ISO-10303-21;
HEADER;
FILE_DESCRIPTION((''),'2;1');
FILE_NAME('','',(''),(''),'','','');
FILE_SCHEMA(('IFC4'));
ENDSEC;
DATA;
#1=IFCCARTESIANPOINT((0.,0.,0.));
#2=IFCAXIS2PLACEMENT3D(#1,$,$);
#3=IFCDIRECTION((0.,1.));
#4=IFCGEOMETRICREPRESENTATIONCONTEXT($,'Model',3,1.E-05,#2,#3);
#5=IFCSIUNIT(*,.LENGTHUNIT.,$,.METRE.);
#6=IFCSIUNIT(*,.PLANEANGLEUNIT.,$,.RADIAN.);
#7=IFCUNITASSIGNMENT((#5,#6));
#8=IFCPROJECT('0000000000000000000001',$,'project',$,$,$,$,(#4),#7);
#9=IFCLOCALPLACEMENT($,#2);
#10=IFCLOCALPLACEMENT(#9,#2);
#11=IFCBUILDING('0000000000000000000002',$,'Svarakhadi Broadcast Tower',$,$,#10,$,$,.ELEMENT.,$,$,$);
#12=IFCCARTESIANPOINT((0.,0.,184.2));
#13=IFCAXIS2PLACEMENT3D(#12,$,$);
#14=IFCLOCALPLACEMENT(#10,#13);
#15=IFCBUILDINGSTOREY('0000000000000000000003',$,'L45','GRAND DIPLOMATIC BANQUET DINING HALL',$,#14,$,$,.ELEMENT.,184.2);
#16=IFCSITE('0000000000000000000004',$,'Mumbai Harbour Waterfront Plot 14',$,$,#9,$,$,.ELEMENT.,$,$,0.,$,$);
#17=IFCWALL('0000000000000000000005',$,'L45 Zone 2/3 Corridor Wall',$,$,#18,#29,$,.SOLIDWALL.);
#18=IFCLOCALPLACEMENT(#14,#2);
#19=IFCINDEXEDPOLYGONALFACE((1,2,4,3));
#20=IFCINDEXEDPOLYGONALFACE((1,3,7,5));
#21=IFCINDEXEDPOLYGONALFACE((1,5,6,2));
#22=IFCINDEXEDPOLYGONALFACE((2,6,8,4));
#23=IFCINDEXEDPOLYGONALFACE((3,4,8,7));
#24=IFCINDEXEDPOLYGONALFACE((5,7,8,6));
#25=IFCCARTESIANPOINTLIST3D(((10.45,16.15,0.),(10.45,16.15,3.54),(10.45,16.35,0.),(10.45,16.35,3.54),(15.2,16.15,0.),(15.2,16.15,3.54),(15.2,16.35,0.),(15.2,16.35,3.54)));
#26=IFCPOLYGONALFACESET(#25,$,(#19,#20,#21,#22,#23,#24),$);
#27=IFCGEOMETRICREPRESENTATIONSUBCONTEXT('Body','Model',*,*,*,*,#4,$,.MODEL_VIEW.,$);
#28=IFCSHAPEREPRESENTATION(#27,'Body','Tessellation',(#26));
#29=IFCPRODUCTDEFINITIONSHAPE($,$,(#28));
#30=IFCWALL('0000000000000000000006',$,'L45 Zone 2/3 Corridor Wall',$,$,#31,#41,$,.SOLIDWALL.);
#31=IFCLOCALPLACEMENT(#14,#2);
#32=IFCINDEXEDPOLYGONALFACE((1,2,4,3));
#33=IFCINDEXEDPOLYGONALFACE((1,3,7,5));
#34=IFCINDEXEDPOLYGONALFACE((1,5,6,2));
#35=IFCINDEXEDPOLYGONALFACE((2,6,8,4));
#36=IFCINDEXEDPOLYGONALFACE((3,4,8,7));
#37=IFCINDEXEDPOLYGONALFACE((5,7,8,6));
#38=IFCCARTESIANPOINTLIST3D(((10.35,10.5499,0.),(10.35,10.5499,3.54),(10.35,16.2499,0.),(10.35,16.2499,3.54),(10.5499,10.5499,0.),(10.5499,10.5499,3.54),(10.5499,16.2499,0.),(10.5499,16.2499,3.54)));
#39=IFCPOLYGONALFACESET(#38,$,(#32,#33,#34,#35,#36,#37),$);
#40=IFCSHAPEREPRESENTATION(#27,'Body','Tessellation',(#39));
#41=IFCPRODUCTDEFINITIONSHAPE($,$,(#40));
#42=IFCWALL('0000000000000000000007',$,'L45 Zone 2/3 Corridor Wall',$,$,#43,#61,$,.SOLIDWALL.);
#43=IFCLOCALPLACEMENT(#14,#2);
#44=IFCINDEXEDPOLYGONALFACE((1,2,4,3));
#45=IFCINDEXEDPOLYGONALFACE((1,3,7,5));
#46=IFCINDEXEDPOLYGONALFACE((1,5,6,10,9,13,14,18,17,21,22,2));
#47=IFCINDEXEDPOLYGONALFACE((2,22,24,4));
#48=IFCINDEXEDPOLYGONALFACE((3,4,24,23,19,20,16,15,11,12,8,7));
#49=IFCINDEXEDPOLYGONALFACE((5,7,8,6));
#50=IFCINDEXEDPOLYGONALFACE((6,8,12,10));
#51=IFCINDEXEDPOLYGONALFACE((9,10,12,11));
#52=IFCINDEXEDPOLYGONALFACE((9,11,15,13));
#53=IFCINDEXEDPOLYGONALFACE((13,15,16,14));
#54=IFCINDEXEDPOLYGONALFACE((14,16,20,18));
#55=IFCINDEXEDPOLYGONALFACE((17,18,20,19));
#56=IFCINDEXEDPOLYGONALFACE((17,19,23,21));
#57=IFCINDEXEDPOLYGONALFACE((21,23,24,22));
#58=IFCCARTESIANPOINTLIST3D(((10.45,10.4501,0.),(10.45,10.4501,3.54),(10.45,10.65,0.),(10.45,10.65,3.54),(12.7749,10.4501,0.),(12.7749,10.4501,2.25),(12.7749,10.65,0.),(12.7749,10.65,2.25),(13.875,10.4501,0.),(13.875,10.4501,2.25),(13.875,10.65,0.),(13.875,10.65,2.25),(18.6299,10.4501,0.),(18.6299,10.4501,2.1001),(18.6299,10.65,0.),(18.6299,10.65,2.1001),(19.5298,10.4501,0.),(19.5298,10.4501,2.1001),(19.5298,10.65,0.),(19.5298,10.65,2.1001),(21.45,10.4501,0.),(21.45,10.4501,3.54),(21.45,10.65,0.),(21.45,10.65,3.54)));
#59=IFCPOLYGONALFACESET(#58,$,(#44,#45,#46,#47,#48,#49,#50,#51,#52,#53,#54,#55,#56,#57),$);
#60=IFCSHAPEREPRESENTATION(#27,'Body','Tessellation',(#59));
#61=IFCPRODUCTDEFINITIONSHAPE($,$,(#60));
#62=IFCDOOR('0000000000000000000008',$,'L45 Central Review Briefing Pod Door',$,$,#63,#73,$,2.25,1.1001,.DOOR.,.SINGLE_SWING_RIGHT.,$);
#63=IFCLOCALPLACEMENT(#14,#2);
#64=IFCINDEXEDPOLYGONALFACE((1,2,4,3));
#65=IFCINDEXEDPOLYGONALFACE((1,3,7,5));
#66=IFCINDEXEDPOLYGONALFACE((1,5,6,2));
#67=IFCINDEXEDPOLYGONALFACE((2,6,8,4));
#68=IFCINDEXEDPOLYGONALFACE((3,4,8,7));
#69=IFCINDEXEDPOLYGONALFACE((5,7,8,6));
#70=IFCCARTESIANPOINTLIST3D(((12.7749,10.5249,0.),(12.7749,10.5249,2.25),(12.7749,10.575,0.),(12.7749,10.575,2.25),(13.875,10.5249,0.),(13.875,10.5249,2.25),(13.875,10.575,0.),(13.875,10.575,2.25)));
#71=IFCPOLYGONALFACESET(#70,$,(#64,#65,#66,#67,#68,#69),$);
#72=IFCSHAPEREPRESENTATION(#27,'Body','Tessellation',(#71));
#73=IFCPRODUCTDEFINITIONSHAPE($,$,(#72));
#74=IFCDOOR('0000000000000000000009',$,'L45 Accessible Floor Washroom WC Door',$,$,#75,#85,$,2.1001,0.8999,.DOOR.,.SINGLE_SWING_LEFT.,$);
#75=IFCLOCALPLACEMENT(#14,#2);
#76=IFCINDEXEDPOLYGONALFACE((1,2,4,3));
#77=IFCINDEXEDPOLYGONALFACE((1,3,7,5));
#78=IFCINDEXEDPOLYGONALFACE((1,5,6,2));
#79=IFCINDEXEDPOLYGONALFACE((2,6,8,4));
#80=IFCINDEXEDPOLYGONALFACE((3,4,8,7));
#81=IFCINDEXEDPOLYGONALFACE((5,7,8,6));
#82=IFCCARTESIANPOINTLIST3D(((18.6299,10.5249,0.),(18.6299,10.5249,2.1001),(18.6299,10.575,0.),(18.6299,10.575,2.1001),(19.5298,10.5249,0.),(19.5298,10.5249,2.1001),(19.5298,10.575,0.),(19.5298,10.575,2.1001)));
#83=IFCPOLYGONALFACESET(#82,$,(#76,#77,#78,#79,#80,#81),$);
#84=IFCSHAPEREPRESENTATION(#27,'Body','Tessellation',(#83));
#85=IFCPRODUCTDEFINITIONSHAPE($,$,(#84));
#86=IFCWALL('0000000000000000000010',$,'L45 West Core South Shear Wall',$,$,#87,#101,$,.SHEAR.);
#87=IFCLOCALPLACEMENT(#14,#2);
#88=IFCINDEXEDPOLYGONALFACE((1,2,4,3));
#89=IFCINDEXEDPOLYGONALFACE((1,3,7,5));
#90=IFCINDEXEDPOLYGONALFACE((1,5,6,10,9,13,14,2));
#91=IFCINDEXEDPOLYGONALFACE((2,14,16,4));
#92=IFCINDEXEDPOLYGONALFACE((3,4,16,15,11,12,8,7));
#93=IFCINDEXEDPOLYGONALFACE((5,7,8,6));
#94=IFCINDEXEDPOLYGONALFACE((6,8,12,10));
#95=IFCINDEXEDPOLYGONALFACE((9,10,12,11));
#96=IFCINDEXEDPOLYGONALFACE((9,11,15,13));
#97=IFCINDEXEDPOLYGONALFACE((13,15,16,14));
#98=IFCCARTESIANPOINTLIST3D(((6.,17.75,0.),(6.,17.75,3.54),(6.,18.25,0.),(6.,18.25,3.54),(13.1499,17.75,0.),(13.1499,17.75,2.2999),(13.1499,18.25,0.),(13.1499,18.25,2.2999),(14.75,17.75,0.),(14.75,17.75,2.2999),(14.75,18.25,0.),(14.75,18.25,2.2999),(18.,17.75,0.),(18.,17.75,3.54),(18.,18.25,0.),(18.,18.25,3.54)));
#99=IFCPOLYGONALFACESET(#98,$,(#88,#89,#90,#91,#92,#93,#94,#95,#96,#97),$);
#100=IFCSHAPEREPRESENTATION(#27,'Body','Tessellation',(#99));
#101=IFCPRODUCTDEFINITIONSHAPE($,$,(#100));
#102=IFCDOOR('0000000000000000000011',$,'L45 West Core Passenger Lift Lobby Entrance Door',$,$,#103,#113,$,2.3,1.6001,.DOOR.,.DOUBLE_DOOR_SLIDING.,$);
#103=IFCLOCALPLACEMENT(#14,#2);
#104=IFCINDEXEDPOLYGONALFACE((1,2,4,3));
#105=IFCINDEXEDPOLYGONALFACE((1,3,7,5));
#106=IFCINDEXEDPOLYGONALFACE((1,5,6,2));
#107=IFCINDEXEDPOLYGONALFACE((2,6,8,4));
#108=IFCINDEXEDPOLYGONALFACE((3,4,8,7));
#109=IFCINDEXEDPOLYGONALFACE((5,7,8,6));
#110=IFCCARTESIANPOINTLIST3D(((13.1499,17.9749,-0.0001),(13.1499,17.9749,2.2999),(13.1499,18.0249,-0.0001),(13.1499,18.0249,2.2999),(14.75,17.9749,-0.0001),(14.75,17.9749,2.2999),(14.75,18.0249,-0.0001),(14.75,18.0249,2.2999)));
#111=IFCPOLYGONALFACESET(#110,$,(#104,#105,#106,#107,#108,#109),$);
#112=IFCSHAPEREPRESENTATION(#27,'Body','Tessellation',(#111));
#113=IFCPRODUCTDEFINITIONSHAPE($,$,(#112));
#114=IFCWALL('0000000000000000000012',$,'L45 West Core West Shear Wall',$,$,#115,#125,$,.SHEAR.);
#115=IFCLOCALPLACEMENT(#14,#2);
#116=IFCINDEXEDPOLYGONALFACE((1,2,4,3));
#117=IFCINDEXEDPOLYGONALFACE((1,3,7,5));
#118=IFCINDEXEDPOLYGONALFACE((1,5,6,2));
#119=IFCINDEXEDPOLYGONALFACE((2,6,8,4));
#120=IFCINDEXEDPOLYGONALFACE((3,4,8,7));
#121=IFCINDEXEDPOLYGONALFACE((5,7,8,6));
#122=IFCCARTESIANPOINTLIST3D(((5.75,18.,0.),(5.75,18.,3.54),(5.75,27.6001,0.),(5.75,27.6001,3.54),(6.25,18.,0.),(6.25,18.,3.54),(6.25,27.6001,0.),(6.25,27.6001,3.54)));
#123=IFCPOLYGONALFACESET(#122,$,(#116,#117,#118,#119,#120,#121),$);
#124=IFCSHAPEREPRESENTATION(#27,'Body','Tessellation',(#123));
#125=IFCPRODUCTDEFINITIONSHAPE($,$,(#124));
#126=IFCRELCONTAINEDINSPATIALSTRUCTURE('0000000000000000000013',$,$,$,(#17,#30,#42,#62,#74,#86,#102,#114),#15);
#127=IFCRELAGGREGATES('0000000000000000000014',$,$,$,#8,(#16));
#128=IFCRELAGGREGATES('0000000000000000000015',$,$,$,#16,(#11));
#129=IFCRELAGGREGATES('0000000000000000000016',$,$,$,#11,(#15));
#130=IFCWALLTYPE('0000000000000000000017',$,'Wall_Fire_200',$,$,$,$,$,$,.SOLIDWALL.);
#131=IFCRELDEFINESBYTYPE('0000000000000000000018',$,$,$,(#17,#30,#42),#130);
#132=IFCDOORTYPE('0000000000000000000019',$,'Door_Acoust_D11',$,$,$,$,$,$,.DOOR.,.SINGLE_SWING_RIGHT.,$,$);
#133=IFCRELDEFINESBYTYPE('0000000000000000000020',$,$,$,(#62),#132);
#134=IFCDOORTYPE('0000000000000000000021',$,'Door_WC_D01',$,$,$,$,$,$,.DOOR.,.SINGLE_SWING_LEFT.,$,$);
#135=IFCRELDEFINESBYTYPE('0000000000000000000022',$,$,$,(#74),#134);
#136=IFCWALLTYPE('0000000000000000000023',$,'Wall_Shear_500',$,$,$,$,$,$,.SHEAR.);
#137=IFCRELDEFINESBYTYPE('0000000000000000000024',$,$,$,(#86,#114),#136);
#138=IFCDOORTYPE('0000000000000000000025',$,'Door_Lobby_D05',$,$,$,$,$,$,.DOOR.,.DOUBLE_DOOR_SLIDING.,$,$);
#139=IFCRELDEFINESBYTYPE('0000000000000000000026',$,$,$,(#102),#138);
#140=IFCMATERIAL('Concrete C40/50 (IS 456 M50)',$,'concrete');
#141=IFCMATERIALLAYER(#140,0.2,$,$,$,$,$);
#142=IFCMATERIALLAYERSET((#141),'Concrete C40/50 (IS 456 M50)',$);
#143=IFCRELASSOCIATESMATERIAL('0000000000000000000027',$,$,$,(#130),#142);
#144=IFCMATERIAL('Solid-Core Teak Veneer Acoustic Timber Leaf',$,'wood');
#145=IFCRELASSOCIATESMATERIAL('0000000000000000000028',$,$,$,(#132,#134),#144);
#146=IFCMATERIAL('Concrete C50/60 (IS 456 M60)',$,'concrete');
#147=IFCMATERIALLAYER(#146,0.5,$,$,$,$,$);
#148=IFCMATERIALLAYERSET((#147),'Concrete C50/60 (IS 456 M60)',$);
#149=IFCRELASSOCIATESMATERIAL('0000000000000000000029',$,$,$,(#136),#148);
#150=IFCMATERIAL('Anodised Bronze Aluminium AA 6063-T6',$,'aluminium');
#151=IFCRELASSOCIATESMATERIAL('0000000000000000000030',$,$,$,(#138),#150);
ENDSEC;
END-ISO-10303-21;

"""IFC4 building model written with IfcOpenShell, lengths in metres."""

from ifc_helpers import new_model, si_unit, direction, frame, frame_2d, origin, place, context, subcontext, project, spatial, rectangle, extrude, material, layer, layer_set, type_object, element, fill, save


model = new_model("IFC4")

# Units and contexts
model_context = context("Model", 3, precision=1e-05, world=origin(), true_north=direction((0.0, 1.0)))
body_context = subcontext(model_context, "Body", "Model", "MODEL_VIEW")
ifc_project = project(units=[si_unit("LENGTHUNIT", "METRE"), si_unit("PLANEANGLEUNIT", "RADIAN")], contexts=[model_context])

# Site, building, storey
site_placement = place(None, origin())
site = spatial("IfcSite", under=ifc_project, at=site_placement, Name="Mumbai Harbour Waterfront Plot 14", CompositionType="ELEMENT", RefElevation=0.0)
building_placement = place(site_placement, origin())
building = spatial("IfcBuilding", under=site, at=building_placement, Name="Svarakhadi Broadcast Tower", CompositionType="ELEMENT")
storey_placement = place(building_placement, frame((0.0, 0.0, 184.2)))
storey = spatial("IfcBuildingStorey", under=building, at=storey_placement, Name="L45", Description="GRAND DIPLOMATIC BANQUET DINING HALL", CompositionType="ELEMENT", Elevation=184.2)

# Shared definitions
ifc_material_1 = material(Name="Concrete C50/60 (IS 456 M60)", Category="concrete")

# Shared definitions
ifc_material_2 = material(Name="Concrete C40/50 (IS 456 M50)", Category="concrete")
ifc_layer_1 = layer(ifc_material_2, 0.2)
ifc_layer_set_1 = layer_set([ifc_layer_1], Name="Concrete C40/50 (IS 456 M50)")
wall_type_1 = type_object("IfcWallType", Name="Wall_Fire_200", PredefinedType="SOLIDWALL", material=ifc_layer_set_1)

# Shared definitions
ifc_material_3 = material(Name="Solid-Core Teak Veneer Acoustic Timber Leaf", Category="wood")
door_type_1 = type_object("IfcDoorType", Name="Door_Acoust_D11", OperationType="SINGLE_SWING_RIGHT", PredefinedType="DOOR", material=ifc_material_3)

# Walls
wall_1_placement = place(storey_placement, frame((15.2, 16.25, 0.0), z_axis=(0.0, 0.0, 1.0), x_axis=(-1.0, 0.0, 0.0)))
element("IfcWall", 1, at=wall_1_placement, inside=storey, type_object=wall_type_1, Name="L45 Zone 2/3 Corridor Wall", PredefinedType="SOLIDWALL", context=body_context, shape_type="SweptSolid", body=[
    extrude(rectangle(XDim=4.75, YDim=0.2, at=frame_2d((2.375, 0.0))), origin(), (0.0, 0.0, 1.0), 3.54),
])
wall_2_placement = place(storey_placement, frame((10.45, 16.25, 0.0), z_axis=(0.0, 0.0, 1.0), x_axis=(0.0, -1.0, 0.0)))
element("IfcWall", 2, at=wall_2_placement, inside=storey, type_object=wall_type_1, Name="L45 Zone 2/3 Corridor Wall", PredefinedType="SOLIDWALL", context=body_context, shape_type="SweptSolid", body=[
    extrude(rectangle(XDim=5.7, YDim=0.2, at=frame_2d((2.8501, 0.0))), origin(), (0.0, 0.0, 1.0), 3.54),
])

# Wall, openings, doors
wall_3_placement = place(storey_placement, frame((10.45, 10.55, 0.0), z_axis=(0.0, 0.0, 1.0), x_axis=(1.0, 0.0, 0.0)))
wall_3 = element("IfcWall", 3, at=wall_3_placement, inside=storey, type_object=wall_type_1, Name="L45 Zone 2/3 Corridor Wall", PredefinedType="SOLIDWALL", context=body_context, shape_type="SweptSolid", body=[
    extrude(rectangle(XDim=11.0, YDim=0.2, at=frame_2d((5.5, 0.0))), origin(), (0.0, 0.0, 1.0), 3.54),
])
opening_1_placement = place(wall_3_placement, frame((2.325, 0.0, 0.0)))
opening_1 = element("IfcOpeningElement", 4, at=opening_1_placement, cuts=wall_3, PredefinedType="OPENING", context=body_context, shape_type="SweptSolid", body=[
    extrude(rectangle(XDim=1.1001, YDim=2.25, at=frame_2d((0.55, 1.125))), frame((0.0, 0.1099, 0.0), z_axis=(0.0, -1.0, 0.0), x_axis=(1.0, 0.0, 0.0)), (0.0, 0.0, 1.0), 0.22),
])
opening_2_placement = place(wall_3_placement, frame((8.1799, 0.0, 0.0)))
opening_2 = element("IfcOpeningElement", 5, at=opening_2_placement, cuts=wall_3, PredefinedType="OPENING", context=body_context, shape_type="SweptSolid", body=[
    extrude(rectangle(XDim=0.8999, YDim=2.1001, at=frame_2d((0.45, 1.05))), frame((0.0, 0.1099, 0.0), z_axis=(0.0, -1.0, 0.0), x_axis=(1.0, 0.0, 0.0)), (0.0, 0.0, 1.0), 0.22),
])
door_1_placement = place(opening_1_placement, origin())
door_1 = element("IfcDoor", 6, at=door_1_placement, inside=storey, type_object=door_type_1, Name="L45 Central Review Briefing Pod Door", OperationType="SINGLE_SWING_RIGHT", OverallHeight=2.25, OverallWidth=1.1001, PredefinedType="DOOR", context=body_context, shape_type="SweptSolid", body=[
    extrude(rectangle(XDim=1.1001, YDim=2.25, at=frame_2d((0.55, 1.125))), frame((0.0, 0.0249, 0.0), z_axis=(0.0, -1.0, 0.0), x_axis=(1.0, 0.0, 0.0)), (0.0, 0.0, 1.0), 0.05),
])
fill(opening_1, door_1)
door_type_2 = type_object("IfcDoorType", Name="Door_WC_D01", OperationType="SINGLE_SWING_LEFT", PredefinedType="DOOR", material=ifc_material_3)
door_2_placement = place(opening_2_placement, origin())
door_2 = element("IfcDoor", 7, at=door_2_placement, inside=storey, type_object=door_type_2, Name="L45 Accessible Floor Washroom WC Door", OperationType="SINGLE_SWING_LEFT", OverallHeight=2.1001, OverallWidth=0.8999, PredefinedType="DOOR", context=body_context, shape_type="SweptSolid", body=[
    extrude(rectangle(XDim=0.8999, YDim=2.1001, at=frame_2d((0.45, 1.05))), frame((0.0, 0.0249, 0.0), z_axis=(0.0, -1.0, 0.0), x_axis=(1.0, 0.0, 0.0)), (0.0, 0.0, 1.0), 0.05),
])
fill(opening_2, door_2)

# Wall, opening, door
ifc_layer_2 = layer(ifc_material_1, 0.5)
ifc_layer_set_2 = layer_set([ifc_layer_2], Name="Concrete C50/60 (IS 456 M60)")
wall_type_2 = type_object("IfcWallType", Name="Wall_Shear_500", PredefinedType="SHEAR", material=ifc_layer_set_2)
wall_4_placement = place(storey_placement, frame((6.0, 18.0, 0.0), z_axis=(0.0, 0.0, 1.0), x_axis=(1.0, 0.0, 0.0)))
wall_4 = element("IfcWall", 8, at=wall_4_placement, inside=storey, type_object=wall_type_2, Name="L45 West Core South Shear Wall", PredefinedType="SHEAR", context=body_context, shape_type="SweptSolid", body=[
    extrude(rectangle(XDim=12.0, YDim=0.5, at=frame_2d((6.0, 0.0))), origin(), (0.0, 0.0, 1.0), 3.54),
])
opening_3_placement = place(wall_4_placement, frame((7.1499, 0.0, 0.0)))
opening_3 = element("IfcOpeningElement", 9, at=opening_3_placement, cuts=wall_4, PredefinedType="OPENING", context=body_context, shape_type="SweptSolid", body=[
    extrude(rectangle(XDim=1.6001, YDim=2.3, at=frame_2d((0.8, 1.1499))), frame((0.0, 0.26, 0.0), z_axis=(0.0, -1.0, 0.0), x_axis=(1.0, 0.0, 0.0)), (0.0, 0.0, 1.0), 0.52),
])
ifc_material_4 = material(Name="Anodised Bronze Aluminium AA 6063-T6", Category="aluminium")
door_type_3 = type_object("IfcDoorType", Name="Door_Lobby_D05", OperationType="DOUBLE_DOOR_SLIDING", PredefinedType="DOOR", material=ifc_material_4)
door_3_placement = place(opening_3_placement, origin())
door_3 = element("IfcDoor", 10, at=door_3_placement, inside=storey, type_object=door_type_3, Name="L45 West Core Passenger Lift Lobby Entrance Door", OperationType="DOUBLE_DOOR_SLIDING", OverallHeight=2.3, OverallWidth=1.6001, PredefinedType="DOOR", context=body_context, shape_type="SweptSolid", body=[
    extrude(rectangle(XDim=1.6001, YDim=2.3, at=frame_2d((0.8, 1.1499))), frame((0.0, 0.0249, 0.0), z_axis=(0.0, -1.0, 0.0), x_axis=(1.0, 0.0, 0.0)), (0.0, 0.0, 1.0), 0.05),
])
fill(opening_3, door_3)

# Wall
wall_5_placement = place(storey_placement, frame((6.0, 18.0, 0.0), z_axis=(0.0, 0.0, 1.0), x_axis=(0.0, 1.0, 0.0)))
element("IfcWall", 11, at=wall_5_placement, inside=storey, type_object=wall_type_2, Name="L45 West Core West Shear Wall", PredefinedType="SHEAR", context=body_context, shape_type="SweptSolid", body=[
    extrude(rectangle(XDim=9.6001, YDim=0.5, at=frame_2d((4.8, 0.0))), origin(), (0.0, 0.0, 1.0), 3.54),
])

save(model, "model.ifc")
